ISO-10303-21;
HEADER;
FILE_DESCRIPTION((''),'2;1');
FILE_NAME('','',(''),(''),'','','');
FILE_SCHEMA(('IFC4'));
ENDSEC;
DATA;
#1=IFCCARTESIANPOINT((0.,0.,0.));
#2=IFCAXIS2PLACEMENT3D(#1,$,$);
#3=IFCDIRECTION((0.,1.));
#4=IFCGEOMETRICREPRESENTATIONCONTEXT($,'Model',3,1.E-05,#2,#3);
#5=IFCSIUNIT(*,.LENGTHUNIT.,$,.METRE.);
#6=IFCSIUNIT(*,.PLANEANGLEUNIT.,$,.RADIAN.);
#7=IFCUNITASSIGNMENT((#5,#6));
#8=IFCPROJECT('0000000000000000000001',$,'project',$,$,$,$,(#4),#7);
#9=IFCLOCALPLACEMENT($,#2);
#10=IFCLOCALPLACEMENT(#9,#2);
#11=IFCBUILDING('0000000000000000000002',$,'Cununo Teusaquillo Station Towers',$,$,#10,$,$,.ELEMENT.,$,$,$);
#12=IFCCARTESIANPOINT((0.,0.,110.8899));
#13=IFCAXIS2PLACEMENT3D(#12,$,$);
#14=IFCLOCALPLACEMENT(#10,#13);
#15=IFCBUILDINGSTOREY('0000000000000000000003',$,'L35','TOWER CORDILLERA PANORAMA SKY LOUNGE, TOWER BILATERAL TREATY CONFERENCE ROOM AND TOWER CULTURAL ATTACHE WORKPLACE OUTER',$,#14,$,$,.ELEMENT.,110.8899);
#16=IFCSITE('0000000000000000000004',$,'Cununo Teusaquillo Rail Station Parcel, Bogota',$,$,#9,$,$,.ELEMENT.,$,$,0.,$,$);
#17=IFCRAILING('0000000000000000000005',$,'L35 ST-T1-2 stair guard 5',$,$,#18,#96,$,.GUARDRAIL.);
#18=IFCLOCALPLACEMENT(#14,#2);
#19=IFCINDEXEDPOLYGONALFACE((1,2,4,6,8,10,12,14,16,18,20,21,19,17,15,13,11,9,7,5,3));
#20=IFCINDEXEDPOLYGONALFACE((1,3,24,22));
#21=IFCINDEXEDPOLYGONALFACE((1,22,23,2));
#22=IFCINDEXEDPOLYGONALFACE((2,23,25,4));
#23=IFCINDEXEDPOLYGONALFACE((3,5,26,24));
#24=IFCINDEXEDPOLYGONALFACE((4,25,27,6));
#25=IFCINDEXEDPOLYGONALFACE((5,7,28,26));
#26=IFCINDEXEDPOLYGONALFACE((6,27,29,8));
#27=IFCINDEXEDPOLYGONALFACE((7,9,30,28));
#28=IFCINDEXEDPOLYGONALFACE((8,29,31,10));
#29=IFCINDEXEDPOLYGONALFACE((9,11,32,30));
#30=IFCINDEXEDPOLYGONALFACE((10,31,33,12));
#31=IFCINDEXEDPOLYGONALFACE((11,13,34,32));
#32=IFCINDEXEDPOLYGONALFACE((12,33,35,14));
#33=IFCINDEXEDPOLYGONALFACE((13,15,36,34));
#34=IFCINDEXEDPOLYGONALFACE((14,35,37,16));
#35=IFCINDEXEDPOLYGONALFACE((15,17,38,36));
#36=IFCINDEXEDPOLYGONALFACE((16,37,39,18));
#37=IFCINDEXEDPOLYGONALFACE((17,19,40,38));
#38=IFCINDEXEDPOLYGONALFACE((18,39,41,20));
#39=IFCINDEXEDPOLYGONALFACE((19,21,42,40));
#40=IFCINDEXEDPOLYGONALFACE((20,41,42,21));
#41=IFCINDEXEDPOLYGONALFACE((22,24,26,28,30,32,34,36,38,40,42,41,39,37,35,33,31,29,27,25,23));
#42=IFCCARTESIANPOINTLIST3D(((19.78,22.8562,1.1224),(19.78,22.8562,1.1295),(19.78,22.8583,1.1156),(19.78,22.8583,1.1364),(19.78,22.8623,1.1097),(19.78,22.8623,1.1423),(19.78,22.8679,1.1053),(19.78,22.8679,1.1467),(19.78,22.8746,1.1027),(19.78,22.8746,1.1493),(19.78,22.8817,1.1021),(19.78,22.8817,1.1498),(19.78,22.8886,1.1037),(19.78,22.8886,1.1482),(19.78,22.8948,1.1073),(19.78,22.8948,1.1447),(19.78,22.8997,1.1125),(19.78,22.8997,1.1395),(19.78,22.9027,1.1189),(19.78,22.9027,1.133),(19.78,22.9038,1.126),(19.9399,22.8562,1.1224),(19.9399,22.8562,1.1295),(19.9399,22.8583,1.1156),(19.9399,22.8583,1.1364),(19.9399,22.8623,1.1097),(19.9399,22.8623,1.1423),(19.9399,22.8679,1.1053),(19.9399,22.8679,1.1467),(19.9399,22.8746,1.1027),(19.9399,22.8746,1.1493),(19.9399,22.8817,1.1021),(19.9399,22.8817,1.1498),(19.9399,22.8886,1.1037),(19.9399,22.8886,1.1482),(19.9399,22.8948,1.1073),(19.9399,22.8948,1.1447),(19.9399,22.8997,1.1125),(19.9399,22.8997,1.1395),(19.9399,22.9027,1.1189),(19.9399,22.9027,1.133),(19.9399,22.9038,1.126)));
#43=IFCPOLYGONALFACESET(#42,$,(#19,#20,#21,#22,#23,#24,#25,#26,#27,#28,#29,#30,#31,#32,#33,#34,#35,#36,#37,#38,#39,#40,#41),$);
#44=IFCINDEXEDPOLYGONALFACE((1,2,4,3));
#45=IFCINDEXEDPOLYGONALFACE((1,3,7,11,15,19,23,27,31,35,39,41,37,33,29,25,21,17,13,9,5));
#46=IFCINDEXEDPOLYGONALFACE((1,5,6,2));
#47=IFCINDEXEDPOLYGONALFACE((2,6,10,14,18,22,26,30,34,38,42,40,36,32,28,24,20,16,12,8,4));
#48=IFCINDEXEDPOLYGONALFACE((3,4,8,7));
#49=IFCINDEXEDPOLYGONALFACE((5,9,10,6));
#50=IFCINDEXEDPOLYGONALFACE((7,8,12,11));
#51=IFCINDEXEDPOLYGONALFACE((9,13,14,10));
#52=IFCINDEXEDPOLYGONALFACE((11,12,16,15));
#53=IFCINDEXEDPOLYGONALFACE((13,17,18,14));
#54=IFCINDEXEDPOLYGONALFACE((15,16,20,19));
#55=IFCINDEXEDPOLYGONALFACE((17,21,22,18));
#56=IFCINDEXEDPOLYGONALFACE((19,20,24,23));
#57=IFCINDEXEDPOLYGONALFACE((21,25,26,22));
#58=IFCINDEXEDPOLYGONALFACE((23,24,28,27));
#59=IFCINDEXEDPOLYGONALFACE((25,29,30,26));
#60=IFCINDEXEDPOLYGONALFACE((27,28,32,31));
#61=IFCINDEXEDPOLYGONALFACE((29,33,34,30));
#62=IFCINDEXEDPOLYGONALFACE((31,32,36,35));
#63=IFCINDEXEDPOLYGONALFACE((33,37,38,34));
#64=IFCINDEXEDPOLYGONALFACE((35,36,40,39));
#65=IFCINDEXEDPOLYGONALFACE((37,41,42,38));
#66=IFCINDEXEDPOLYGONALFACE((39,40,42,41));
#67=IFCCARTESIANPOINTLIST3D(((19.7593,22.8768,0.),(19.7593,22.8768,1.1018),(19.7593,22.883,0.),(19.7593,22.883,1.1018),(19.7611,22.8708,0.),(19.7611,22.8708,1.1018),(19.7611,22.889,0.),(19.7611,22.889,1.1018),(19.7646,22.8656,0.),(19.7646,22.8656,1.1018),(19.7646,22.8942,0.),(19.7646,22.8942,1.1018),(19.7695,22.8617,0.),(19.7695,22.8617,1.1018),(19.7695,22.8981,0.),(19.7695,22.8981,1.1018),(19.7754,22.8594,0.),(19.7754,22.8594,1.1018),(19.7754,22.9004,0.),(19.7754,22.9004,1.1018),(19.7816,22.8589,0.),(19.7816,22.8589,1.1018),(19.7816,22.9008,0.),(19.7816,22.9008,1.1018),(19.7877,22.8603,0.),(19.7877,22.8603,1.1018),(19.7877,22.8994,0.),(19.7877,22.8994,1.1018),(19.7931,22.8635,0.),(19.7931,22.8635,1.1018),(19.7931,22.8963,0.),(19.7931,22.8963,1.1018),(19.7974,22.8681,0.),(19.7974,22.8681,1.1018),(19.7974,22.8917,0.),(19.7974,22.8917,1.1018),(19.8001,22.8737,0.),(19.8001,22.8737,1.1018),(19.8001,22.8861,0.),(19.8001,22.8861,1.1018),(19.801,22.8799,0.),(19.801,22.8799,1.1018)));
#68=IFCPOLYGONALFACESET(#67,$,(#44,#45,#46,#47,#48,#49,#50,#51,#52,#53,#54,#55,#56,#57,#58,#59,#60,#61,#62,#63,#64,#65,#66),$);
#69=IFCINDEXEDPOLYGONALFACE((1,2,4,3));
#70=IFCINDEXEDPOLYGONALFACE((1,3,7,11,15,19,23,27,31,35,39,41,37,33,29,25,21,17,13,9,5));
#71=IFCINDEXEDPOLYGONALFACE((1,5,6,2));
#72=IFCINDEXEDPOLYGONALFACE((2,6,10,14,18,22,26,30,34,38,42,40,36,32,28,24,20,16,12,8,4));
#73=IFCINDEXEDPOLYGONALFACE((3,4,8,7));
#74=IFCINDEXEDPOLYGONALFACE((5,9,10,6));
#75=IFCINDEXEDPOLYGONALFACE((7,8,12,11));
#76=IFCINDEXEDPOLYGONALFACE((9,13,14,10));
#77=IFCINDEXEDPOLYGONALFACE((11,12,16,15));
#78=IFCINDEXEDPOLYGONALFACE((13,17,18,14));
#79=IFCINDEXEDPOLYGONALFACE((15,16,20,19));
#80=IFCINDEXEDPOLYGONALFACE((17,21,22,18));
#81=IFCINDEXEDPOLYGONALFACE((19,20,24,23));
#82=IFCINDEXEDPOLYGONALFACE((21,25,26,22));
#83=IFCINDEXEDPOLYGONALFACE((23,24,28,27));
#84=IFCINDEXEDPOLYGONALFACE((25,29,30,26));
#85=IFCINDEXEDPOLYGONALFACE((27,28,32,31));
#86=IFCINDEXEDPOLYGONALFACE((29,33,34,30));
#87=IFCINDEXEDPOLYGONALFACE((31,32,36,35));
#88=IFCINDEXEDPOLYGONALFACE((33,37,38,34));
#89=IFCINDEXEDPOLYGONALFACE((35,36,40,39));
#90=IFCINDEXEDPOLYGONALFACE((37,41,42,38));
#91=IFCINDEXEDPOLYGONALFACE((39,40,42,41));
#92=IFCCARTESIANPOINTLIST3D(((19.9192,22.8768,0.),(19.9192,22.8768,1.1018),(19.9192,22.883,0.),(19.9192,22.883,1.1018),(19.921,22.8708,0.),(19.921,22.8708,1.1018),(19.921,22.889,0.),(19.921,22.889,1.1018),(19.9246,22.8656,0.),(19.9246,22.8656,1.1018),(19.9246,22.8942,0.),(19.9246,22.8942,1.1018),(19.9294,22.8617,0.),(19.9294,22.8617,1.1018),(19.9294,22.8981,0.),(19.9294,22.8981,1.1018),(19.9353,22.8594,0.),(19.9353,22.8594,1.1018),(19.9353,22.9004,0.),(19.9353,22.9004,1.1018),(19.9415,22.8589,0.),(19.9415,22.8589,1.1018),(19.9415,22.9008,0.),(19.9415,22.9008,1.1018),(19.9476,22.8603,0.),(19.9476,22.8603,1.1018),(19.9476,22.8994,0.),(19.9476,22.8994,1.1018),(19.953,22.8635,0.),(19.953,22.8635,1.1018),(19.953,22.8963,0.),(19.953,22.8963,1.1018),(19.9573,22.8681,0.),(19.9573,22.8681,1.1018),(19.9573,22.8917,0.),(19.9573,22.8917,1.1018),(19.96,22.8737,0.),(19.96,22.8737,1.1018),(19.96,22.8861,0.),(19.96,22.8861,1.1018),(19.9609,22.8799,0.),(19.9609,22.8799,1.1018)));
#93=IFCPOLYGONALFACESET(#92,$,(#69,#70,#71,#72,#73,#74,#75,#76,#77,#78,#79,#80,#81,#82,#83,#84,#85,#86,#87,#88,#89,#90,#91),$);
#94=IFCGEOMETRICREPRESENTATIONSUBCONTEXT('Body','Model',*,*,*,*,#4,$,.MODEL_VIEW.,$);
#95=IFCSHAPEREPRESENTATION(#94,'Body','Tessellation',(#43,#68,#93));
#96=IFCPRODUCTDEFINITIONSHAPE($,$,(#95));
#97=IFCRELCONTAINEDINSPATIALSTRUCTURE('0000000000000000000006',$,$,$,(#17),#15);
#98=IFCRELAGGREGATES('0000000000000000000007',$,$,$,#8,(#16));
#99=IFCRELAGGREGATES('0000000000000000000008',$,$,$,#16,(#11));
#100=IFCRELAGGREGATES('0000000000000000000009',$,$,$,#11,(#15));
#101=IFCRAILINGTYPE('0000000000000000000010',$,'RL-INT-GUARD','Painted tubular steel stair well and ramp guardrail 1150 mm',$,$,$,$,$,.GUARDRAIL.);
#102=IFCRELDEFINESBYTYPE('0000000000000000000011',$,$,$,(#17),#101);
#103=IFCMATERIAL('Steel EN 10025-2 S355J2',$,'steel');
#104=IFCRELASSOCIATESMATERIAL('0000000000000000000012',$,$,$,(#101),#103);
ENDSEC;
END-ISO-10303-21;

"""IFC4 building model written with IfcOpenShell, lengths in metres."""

from ifc_helpers import new_model, si_unit, direction, frame, origin, origin_2d, place, context, subcontext, project, spatial, circle, extrude, material, type_object, element, save


model = new_model("IFC4")

# Units and contexts
model_context = context("Model", 3, precision=1e-05, world=origin(), true_north=direction((0.0, 1.0)))
body_context = subcontext(model_context, "Body", "Model", "MODEL_VIEW")
ifc_project = project(units=[si_unit("LENGTHUNIT", "METRE"), si_unit("PLANEANGLEUNIT", "RADIAN")], contexts=[model_context])

# Site, building, storey
site_placement = place(None, origin())
site = spatial("IfcSite", under=ifc_project, at=site_placement, Name="Cununo Teusaquillo Rail Station Parcel, Bogota", CompositionType="ELEMENT", RefElevation=0.0)
building_placement = place(site_placement, origin())
building = spatial("IfcBuilding", under=site, at=building_placement, Name="Cununo Teusaquillo Station Towers", CompositionType="ELEMENT")
storey_placement = place(building_placement, frame((0.0, 0.0, 110.8899)))
storey = spatial("IfcBuildingStorey", under=building, at=storey_placement, Name="L35", Description="TOWER CORDILLERA PANORAMA SKY LOUNGE, TOWER BILATERAL TREATY CONFERENCE ROOM AND TOWER CULTURAL ATTACHE WORKPLACE OUTER", CompositionType="ELEMENT", Elevation=110.8899)

# Railing
ifc_material_1 = material(Name="Steel EN 10025-2 S355J2", Category="steel")
railing_type_1 = type_object("IfcRailingType", Name="RL-INT-GUARD", Description="Painted tubular steel stair well and ramp guardrail 1150 mm", PredefinedType="GUARDRAIL", material=ifc_material_1)
railing_1_placement = place(storey_placement, frame((19.78, 22.8799, 0.0)))
element("IfcRailing", 1, at=railing_1_placement, inside=storey, type_object=railing_type_1, Name="L35 ST-T1-2 stair guard 5", PredefinedType="GUARDRAIL", context=body_context, shape_type="SweptSolid", body=[
    extrude(circle(Radius=0.0239, at=origin_2d()), frame((0.0, 0.0, 1.126), z_axis=(1.0, 0.0, 0.0), x_axis=(0.0, 1.0, 0.0)), (0.0, 0.0, 1.0), 0.1599),
    extrude(circle(Radius=0.021, at=origin_2d()), origin(), (0.0, 0.0, 1.0), 1.1018),
    extrude(circle(Radius=0.021, at=origin_2d()), frame((0.1599, 0.0, 0.0)), (0.0, 0.0, 1.0), 1.1018),
])

save(model, "model.ifc")
